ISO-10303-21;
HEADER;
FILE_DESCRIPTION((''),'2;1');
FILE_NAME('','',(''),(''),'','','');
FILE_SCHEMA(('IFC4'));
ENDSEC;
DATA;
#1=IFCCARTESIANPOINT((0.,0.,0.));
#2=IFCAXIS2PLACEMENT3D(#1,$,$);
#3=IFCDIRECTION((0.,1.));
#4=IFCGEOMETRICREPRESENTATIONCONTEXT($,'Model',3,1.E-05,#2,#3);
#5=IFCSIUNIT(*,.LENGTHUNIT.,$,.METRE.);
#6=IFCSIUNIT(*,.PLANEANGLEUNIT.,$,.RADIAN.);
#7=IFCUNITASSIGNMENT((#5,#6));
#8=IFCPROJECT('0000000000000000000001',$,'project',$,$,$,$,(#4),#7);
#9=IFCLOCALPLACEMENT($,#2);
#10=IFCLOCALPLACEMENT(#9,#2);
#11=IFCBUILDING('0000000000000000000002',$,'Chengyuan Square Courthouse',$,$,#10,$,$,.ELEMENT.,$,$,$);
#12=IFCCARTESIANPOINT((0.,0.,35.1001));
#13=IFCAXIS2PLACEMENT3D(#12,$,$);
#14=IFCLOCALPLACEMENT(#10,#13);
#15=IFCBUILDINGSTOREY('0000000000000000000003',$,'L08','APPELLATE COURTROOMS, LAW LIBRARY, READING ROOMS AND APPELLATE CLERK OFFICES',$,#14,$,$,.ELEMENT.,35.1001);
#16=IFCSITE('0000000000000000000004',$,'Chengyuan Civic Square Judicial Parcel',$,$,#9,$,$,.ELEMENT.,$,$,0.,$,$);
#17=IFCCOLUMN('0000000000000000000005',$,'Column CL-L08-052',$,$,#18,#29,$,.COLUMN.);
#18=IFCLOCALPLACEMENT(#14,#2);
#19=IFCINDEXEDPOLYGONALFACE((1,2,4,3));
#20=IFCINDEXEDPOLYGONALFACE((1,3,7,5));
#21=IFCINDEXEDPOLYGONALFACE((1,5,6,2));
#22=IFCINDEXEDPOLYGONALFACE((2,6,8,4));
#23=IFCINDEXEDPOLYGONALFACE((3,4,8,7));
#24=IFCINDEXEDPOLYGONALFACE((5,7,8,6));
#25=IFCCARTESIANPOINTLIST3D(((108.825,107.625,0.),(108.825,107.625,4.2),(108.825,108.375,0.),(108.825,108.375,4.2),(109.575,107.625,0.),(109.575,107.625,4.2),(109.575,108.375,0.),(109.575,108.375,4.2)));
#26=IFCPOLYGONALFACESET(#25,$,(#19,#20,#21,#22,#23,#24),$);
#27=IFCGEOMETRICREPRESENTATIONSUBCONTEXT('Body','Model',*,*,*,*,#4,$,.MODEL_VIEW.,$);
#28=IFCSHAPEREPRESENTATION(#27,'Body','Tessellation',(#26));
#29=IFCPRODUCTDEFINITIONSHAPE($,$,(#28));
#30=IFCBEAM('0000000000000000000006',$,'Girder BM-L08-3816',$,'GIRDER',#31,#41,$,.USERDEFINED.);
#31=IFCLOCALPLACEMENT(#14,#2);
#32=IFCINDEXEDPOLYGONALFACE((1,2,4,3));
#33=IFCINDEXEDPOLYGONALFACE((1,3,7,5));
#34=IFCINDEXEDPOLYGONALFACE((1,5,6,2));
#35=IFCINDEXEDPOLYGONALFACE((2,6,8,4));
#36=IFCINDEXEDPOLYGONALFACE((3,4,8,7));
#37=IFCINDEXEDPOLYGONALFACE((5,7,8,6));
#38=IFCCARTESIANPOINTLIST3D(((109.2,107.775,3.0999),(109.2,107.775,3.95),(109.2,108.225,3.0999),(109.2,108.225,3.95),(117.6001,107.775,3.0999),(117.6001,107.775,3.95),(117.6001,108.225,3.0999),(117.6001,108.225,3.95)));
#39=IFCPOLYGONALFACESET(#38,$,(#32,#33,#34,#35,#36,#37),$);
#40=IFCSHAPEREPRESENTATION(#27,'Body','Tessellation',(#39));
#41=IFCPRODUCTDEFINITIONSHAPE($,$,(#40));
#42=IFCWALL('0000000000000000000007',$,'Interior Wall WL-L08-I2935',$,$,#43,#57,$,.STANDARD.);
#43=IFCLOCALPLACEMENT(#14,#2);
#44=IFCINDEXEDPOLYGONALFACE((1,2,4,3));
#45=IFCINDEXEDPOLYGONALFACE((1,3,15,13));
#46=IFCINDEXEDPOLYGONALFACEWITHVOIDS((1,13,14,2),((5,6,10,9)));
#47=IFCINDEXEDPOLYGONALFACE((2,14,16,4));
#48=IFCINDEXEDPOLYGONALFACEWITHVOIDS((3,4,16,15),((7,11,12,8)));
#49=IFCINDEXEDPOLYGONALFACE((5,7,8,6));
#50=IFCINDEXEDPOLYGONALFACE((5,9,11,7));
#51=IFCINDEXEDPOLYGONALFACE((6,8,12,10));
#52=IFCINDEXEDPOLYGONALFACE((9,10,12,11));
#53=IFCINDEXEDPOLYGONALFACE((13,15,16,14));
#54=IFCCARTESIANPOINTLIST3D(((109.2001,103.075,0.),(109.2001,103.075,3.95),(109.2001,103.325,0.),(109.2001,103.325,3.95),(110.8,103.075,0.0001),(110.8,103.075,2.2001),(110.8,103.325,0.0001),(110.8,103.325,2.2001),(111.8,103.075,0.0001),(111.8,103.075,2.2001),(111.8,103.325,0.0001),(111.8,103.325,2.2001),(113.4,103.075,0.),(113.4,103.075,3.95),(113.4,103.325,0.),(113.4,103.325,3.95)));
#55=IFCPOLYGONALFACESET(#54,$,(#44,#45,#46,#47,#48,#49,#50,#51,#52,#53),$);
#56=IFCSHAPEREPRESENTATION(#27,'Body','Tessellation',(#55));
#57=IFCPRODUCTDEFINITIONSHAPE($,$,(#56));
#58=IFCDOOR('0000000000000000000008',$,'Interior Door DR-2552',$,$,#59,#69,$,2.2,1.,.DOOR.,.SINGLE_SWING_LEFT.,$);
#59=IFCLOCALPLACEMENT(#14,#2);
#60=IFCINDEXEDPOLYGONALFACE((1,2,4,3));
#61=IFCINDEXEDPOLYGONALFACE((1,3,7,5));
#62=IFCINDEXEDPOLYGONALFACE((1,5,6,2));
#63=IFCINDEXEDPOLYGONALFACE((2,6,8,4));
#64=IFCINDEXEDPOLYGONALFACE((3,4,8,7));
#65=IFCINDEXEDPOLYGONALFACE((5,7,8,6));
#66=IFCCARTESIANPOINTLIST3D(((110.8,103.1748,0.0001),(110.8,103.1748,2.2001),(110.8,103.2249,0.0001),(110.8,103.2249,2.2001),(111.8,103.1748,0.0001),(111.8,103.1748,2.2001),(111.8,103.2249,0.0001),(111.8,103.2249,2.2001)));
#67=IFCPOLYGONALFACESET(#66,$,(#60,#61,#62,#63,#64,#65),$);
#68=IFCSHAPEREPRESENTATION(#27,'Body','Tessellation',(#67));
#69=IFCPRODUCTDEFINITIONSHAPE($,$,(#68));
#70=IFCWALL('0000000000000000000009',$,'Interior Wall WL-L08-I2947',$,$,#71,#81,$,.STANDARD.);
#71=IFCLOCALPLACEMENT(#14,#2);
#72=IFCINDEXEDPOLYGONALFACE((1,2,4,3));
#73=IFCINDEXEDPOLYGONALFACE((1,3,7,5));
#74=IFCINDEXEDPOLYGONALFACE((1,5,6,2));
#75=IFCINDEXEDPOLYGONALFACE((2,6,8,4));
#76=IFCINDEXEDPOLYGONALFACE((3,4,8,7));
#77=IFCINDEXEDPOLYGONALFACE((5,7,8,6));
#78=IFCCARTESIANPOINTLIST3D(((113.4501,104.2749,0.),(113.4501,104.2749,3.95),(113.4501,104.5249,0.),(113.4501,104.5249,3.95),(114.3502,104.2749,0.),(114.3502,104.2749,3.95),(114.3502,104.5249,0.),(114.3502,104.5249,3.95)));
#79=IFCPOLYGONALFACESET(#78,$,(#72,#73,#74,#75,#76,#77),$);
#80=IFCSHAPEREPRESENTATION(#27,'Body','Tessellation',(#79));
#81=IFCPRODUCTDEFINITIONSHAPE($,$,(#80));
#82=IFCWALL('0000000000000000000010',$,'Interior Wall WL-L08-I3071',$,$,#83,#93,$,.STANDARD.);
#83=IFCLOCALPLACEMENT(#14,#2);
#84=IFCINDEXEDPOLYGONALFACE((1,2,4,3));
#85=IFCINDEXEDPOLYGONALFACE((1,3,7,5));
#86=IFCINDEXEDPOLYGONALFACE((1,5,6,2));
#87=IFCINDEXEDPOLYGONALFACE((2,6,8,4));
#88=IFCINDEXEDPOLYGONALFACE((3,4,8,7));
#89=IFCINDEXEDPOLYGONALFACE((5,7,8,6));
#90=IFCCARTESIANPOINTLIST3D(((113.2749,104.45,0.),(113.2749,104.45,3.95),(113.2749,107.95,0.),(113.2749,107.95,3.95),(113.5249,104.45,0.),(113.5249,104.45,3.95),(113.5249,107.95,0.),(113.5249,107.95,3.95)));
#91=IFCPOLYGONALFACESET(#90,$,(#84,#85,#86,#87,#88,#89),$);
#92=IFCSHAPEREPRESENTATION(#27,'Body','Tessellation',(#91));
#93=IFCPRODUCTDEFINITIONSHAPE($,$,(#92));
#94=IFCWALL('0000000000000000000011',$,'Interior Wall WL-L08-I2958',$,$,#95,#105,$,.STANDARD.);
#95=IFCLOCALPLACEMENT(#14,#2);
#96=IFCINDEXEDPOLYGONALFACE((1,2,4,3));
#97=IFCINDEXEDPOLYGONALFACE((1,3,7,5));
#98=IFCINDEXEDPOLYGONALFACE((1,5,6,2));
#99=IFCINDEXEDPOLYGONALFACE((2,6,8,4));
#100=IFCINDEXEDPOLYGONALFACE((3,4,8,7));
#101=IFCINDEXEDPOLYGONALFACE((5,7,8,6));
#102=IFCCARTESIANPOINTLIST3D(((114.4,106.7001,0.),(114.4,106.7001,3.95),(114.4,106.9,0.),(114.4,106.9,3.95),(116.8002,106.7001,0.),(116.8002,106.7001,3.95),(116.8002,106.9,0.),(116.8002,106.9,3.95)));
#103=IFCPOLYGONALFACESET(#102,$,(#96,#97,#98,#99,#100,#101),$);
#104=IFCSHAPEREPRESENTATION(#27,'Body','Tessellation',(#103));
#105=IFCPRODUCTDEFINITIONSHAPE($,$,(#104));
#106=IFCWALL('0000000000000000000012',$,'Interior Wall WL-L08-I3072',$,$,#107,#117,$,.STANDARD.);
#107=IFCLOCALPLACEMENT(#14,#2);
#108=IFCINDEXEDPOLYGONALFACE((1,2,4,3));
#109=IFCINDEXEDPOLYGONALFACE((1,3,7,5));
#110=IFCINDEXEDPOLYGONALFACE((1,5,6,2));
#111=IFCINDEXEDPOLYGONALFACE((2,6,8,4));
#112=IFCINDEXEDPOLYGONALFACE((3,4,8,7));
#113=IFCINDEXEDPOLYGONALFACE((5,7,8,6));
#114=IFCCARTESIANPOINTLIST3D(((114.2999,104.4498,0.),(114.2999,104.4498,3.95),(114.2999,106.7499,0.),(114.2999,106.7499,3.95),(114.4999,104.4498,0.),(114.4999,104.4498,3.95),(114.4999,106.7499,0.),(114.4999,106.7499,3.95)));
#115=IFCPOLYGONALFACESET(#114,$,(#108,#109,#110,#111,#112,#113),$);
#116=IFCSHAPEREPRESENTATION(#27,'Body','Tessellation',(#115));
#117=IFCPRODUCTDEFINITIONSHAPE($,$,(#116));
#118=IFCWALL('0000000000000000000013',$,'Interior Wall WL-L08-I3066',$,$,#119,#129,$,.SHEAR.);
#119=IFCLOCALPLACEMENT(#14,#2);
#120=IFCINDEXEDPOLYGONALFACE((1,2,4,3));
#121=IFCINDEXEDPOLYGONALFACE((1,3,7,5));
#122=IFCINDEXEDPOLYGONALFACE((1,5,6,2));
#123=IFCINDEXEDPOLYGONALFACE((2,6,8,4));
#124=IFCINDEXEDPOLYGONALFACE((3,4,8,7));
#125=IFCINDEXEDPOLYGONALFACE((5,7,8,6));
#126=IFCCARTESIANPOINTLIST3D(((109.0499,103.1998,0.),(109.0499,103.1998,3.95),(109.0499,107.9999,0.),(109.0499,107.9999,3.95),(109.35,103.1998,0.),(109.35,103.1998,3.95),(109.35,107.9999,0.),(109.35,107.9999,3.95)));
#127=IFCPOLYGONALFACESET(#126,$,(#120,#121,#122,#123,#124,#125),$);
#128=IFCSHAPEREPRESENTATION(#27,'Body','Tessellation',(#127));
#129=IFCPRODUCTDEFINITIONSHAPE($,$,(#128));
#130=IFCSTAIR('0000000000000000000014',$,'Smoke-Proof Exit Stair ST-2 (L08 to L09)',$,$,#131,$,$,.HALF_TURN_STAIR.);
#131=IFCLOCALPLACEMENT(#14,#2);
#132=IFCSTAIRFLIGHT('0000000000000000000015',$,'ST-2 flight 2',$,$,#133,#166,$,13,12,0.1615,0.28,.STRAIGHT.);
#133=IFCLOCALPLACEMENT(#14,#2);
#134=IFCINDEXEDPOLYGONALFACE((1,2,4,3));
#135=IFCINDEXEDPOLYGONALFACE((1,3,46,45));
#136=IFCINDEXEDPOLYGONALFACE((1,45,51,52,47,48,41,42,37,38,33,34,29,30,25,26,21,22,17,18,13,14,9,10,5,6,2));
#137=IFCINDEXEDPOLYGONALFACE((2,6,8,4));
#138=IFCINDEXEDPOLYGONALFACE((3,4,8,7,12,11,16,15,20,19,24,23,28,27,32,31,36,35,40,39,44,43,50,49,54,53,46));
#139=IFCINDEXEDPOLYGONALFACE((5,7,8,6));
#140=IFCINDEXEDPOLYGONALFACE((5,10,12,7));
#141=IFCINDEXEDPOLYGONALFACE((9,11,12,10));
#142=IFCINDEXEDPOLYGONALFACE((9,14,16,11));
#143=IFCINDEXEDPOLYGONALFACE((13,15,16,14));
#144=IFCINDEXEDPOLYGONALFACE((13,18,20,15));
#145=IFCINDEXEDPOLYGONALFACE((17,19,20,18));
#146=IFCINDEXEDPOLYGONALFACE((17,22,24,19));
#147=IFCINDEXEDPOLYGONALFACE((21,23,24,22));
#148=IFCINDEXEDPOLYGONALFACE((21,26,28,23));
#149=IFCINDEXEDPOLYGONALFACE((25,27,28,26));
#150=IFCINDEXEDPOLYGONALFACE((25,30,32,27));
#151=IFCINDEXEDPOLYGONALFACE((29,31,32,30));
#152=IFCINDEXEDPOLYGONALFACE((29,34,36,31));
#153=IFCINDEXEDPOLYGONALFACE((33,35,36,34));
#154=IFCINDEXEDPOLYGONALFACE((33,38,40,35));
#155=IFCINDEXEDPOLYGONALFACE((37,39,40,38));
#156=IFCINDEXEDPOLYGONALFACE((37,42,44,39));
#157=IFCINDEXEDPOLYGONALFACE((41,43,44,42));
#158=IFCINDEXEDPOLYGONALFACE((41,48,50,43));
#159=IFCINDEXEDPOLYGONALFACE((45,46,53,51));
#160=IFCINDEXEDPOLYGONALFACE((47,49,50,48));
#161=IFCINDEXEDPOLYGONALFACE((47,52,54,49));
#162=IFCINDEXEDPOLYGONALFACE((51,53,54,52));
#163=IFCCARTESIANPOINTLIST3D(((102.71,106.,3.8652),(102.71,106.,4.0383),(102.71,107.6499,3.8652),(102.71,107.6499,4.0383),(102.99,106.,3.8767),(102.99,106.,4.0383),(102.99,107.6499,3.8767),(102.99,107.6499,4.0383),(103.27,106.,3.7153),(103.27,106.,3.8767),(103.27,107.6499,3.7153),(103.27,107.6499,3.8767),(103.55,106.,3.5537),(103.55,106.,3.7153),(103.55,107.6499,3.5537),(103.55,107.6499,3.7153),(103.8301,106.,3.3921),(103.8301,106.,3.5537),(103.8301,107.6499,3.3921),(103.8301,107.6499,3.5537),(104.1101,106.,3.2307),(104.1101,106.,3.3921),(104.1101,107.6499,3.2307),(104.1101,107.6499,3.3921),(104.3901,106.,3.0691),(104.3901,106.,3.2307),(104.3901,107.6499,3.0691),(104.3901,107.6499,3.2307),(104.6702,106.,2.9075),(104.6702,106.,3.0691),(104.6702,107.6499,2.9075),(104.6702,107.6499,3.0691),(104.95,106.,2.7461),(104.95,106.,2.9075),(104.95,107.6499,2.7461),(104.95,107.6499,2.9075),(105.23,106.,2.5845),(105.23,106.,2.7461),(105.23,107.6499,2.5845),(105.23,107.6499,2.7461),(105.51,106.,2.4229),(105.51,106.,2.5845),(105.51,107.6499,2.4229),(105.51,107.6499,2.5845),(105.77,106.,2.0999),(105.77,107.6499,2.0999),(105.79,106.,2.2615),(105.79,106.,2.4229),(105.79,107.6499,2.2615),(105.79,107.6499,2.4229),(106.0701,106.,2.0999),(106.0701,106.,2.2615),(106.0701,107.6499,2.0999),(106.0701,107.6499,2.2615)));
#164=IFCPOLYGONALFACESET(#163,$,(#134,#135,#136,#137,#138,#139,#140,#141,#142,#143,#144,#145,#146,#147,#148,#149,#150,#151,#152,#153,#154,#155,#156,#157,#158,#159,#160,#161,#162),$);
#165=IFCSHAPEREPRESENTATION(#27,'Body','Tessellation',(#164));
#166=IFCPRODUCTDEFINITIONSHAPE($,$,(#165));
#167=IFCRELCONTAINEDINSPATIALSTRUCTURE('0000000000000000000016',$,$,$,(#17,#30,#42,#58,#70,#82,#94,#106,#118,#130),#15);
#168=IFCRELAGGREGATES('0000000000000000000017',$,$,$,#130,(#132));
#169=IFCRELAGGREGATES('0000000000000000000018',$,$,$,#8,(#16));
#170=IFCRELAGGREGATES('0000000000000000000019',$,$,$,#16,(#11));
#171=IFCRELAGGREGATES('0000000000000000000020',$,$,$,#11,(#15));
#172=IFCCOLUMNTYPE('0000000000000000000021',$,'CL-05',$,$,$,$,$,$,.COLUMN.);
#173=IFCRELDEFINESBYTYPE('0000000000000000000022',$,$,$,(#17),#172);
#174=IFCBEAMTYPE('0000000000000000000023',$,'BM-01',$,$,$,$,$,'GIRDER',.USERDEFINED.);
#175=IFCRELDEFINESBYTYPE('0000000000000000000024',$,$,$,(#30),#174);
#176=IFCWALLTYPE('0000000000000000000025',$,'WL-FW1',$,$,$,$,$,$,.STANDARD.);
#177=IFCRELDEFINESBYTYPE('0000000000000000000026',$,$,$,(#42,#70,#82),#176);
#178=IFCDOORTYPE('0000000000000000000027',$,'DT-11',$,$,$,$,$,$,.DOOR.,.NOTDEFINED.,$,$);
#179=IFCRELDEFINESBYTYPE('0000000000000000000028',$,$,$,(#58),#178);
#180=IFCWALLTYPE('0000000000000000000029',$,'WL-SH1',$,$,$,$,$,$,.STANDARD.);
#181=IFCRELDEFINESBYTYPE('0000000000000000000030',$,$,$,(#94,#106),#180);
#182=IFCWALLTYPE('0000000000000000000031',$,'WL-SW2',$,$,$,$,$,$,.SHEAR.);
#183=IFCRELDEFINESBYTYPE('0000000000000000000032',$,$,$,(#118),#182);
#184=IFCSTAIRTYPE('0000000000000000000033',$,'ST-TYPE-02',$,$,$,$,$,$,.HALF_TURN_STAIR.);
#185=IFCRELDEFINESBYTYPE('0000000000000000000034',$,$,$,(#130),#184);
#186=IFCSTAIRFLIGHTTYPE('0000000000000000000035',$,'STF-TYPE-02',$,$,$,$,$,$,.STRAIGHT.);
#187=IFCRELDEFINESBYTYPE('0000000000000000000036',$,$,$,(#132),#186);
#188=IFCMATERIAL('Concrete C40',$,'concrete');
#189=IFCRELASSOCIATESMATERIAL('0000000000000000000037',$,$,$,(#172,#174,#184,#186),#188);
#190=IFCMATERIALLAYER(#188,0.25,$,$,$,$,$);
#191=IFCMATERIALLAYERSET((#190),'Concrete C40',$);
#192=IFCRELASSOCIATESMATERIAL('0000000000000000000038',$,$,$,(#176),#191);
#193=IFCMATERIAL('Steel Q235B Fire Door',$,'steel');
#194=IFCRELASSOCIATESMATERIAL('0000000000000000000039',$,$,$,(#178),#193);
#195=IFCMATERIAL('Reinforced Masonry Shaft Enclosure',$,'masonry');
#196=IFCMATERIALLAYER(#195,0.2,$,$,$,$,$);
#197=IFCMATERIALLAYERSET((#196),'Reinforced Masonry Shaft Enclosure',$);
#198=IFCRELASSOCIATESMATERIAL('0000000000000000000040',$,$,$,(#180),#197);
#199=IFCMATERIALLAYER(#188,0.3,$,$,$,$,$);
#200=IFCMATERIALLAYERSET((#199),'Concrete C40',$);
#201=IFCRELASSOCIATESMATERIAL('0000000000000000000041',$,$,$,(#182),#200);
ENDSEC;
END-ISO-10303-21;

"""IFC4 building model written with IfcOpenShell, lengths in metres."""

from ifc_helpers import new_model, si_unit, direction, frame, frame_2d, origin, origin_2d, place, context, subcontext, project, spatial, polyline, rectangle, outline, extrude, material, layer, layer_set, material_profile, profile_set, type_object, element, fill, aggregate, save


model = new_model("IFC4")

# Units and contexts
model_context = context("Model", 3, precision=1e-05, world=origin(), true_north=direction((0.0, 1.0)))
body_context = subcontext(model_context, "Body", "Model", "MODEL_VIEW")
ifc_project = project(units=[si_unit("LENGTHUNIT", "METRE"), si_unit("PLANEANGLEUNIT", "RADIAN")], contexts=[model_context])

# Site, building, storey
site_placement = place(None, origin())
site = spatial("IfcSite", under=ifc_project, at=site_placement, Name="Chengyuan Civic Square Judicial Parcel", CompositionType="ELEMENT", RefElevation=0.0)
building_placement = place(site_placement, origin())
building = spatial("IfcBuilding", under=site, at=building_placement, Name="Chengyuan Square Courthouse", CompositionType="ELEMENT")
storey_placement = place(building_placement, frame((0.0, 0.0, 35.1001)))
storey = spatial("IfcBuildingStorey", under=building, at=storey_placement, Name="L08", Description="APPELLATE COURTROOMS, LAW LIBRARY, READING ROOMS AND APPELLATE CLERK OFFICES", CompositionType="ELEMENT", Elevation=35.1001)

# Column
ifc_material_1 = material(Name="Concrete C40", Category="concrete")
ifc_material_profile_1 = material_profile(ifc_material_1, rectangle(XDim=0.75, YDim=0.75, at=origin_2d()), Name="RC-COL-750x750")
ifc_profile_set_1 = profile_set([ifc_material_profile_1], Name="Concrete C40")
column_type = type_object("IfcColumnType", Name="CL-05", PredefinedType="COLUMN", material=ifc_profile_set_1)
column_placement = place(storey_placement, frame((109.2, 108.0, 0.0), z_axis=(0.0, 0.0, 1.0), x_axis=(1.0, 0.0, 0.0)))
element("IfcColumn", 1, at=column_placement, inside=storey, type_object=column_type, Name="Column CL-L08-052", PredefinedType="COLUMN", context=body_context, shape_type="SweptSolid", body=[
    extrude(rectangle(XDim=0.75, YDim=0.75, at=origin_2d()), origin(), (0.0, 0.0, 1.0), 4.2),
])

# Beam
ifc_material_profile_2 = material_profile(ifc_material_1, rectangle(XDim=0.45, YDim=0.8501, at=origin_2d()), Name="RC-BM-450x850")
ifc_profile_set_2 = profile_set([ifc_material_profile_2], Name="Concrete C40")
beam_type = type_object("IfcBeamType", Name="BM-01", ElementType="GIRDER", PredefinedType="USERDEFINED", material=ifc_profile_set_2)
beam_placement = place(storey_placement, frame((109.2, 108.0, 3.5249), z_axis=(1.0, 0.0, 0.0), x_axis=(0.0, 1.0, 0.0)))
element("IfcBeam", 2, at=beam_placement, inside=storey, type_object=beam_type, Name="Girder BM-L08-3816", ObjectType="GIRDER", PredefinedType="USERDEFINED", context=body_context, shape_type="SweptSolid", body=[
    extrude(rectangle(XDim=0.45, YDim=0.8501, at=origin_2d()), origin(), (0.0, 0.0, 1.0), 8.4001),
])

# Wall, opening, door
ifc_layer_1 = layer(ifc_material_1, 0.25)
ifc_layer_set_1 = layer_set([ifc_layer_1], Name="Concrete C40")
wall_type_1 = type_object("IfcWallType", Name="WL-FW1", PredefinedType="STANDARD", material=ifc_layer_set_1)
wall_1_placement = place(storey_placement, frame((109.2, 103.2, 0.0), z_axis=(0.0, 0.0, 1.0), x_axis=(1.0, 0.0, 0.0)))
wall_1 = element("IfcWall", 3, at=wall_1_placement, inside=storey, type_object=wall_type_1, Name="Interior Wall WL-L08-I2935", PredefinedType="STANDARD", context=body_context, shape_type="SweptSolid", body=[
    extrude(rectangle(XDim=4.2, YDim=0.25, at=frame_2d((2.1001, 0.0))), origin(), (0.0, 0.0, 1.0), 3.95),
])
opening_1_placement = place(wall_1_placement, frame((1.6001, 0.0, 0.0)))
opening_1 = element("IfcOpeningElement", 4, at=opening_1_placement, cuts=wall_1, PredefinedType="OPENING", context=body_context, shape_type="SweptSolid", body=[
    extrude(rectangle(XDim=1.0, YDim=2.2, at=frame_2d((0.5, 1.1001))), frame((0.0, 0.137, 0.0), z_axis=(0.0, -1.0, 0.0), x_axis=(1.0, 0.0, 0.0)), (0.0, 0.0, 1.0), 0.2739),
])
ifc_material_2 = material(Name="Steel Q235B Fire Door", Category="steel")
door_type_1 = type_object("IfcDoorType", Name="DT-11", OperationType="NOTDEFINED", PredefinedType="DOOR", material=ifc_material_2)
door_1_placement = place(opening_1_placement, origin())
door_1 = element("IfcDoor", 5, at=door_1_placement, inside=storey, type_object=door_type_1, Name="Interior Door DR-2552", OperationType="SINGLE_SWING_LEFT", OverallHeight=2.2, OverallWidth=1.0, PredefinedType="DOOR", context=body_context, shape_type="SweptSolid", body=[
    extrude(rectangle(XDim=1.0, YDim=2.2, at=frame_2d((0.5, 1.1001))), frame((0.0, 0.0249, 0.0), z_axis=(0.0, -1.0, 0.0), x_axis=(1.0, 0.0, 0.0)), (0.0, 0.0, 1.0), 0.05),
])
fill(opening_1, door_1)

# Walls
wall_2_placement = place(storey_placement, frame((113.45, 104.3999, 0.0), z_axis=(0.0, 0.0, 1.0), x_axis=(1.0, 0.0, 0.0)))
element("IfcWall", 6, at=wall_2_placement, inside=storey, type_object=wall_type_1, Name="Interior Wall WL-L08-I2947", PredefinedType="STANDARD", context=body_context, shape_type="SweptSolid", body=[
    extrude(rectangle(XDim=0.9001, YDim=0.25, at=frame_2d((0.4502, 0.0))), origin(), (0.0, 0.0, 1.0), 3.95),
])
wall_3_placement = place(storey_placement, frame((113.3999, 104.45, 0.0), z_axis=(0.0, 0.0, 1.0), x_axis=(0.0, 1.0, 0.0)))
element("IfcWall", 7, at=wall_3_placement, inside=storey, type_object=wall_type_1, Name="Interior Wall WL-L08-I3071", PredefinedType="STANDARD", context=body_context, shape_type="SweptSolid", body=[
    extrude(rectangle(XDim=3.5, YDim=0.25, at=frame_2d((1.75, 0.0))), origin(), (0.0, 0.0, 1.0), 3.95),
])

# Shared definitions
ifc_material_3 = material(Name="Reinforced Masonry Shaft Enclosure", Category="masonry")
ifc_layer_2 = layer(ifc_material_3, 0.2)
ifc_layer_set_2 = layer_set([ifc_layer_2], Name="Reinforced Masonry Shaft Enclosure")
wall_type_2 = type_object("IfcWallType", Name="WL-SH1", PredefinedType="STANDARD", material=ifc_layer_set_2)

# Walls
wall_4_placement = place(storey_placement, frame((114.3999, 106.8, 0.0), z_axis=(0.0, 0.0, 1.0), x_axis=(1.0, 0.0, 0.0)))
element("IfcWall", 8, at=wall_4_placement, inside=storey, type_object=wall_type_2, Name="Interior Wall WL-L08-I2958", PredefinedType="STANDARD", context=body_context, shape_type="SweptSolid", body=[
    extrude(rectangle(XDim=2.4001, YDim=0.2, at=frame_2d((1.2002, 0.0))), origin(), (0.0, 0.0, 1.0), 3.95),
])
wall_5_placement = place(storey_placement, frame((114.3999, 104.45, 0.0), z_axis=(0.0, 0.0, 1.0), x_axis=(0.0, 1.0, 0.0)))
element("IfcWall", 9, at=wall_5_placement, inside=storey, type_object=wall_type_2, Name="Interior Wall WL-L08-I3072", PredefinedType="STANDARD", context=body_context, shape_type="SweptSolid", body=[
    extrude(rectangle(XDim=2.3, YDim=0.2, at=frame_2d((1.1499, 0.0))), origin(), (0.0, 0.0, 1.0), 3.95),
])
ifc_layer_3 = layer(ifc_material_1, 0.3)
ifc_layer_set_3 = layer_set([ifc_layer_3], Name="Concrete C40")
wall_type_3 = type_object("IfcWallType", Name="WL-SW2", PredefinedType="SHEAR", material=ifc_layer_set_3)
wall_6_placement = place(storey_placement, frame((109.2, 103.2, 0.0), z_axis=(0.0, 0.0, 1.0), x_axis=(0.0, 1.0, 0.0)))
element("IfcWall", 10, at=wall_6_placement, inside=storey, type_object=wall_type_3, Name="Interior Wall WL-L08-I3066", PredefinedType="SHEAR", context=body_context, shape_type="SweptSolid", body=[
    extrude(rectangle(XDim=4.8, YDim=0.3, at=frame_2d((2.3999, 0.0))), origin(), (0.0, 0.0, 1.0), 3.95),
])

# Stair, stair flight
stair_type = type_object("IfcStairType", Name="ST-TYPE-02", PredefinedType="HALF_TURN_STAIR", material=ifc_material_1)
stair_placement = place(storey_placement, origin())
stair = element("IfcStair", 11, at=stair_placement, inside=storey, type_object=stair_type, Name="Smoke-Proof Exit Stair ST-2 (L08 to L09)", PredefinedType="HALF_TURN_STAIR")
stair_flight_type = type_object("IfcStairFlightType", Name="STF-TYPE-02", PredefinedType="STRAIGHT", material=ifc_material_1)
stair_flight_placement = place(storey_placement, frame((106.0701, 106.825, 2.0999), z_axis=(0.0, 0.0, 1.0), x_axis=(-1.0, 0.0, 0.0)))
stair_flight = element("IfcStairFlight", 12, at=stair_flight_placement, type_object=stair_flight_type, Name="ST-2 flight 2", NumberOfRisers=13, NumberOfTreads=12, PredefinedType="STRAIGHT", RiserHeight=0.1615, TreadLength=0.28, context=body_context, shape_type="SweptSolid", body=[
    extrude(outline(polyline([(0.0, 0.0), (0.0, 0.1616), (0.28, 0.1616), (0.28, 0.323), (0.5601, 0.323), (0.5601, 0.4846), (0.8401, 0.4846), (0.8401, 0.6462), (1.1201, 0.6462), (1.1201, 0.8076), (1.3999, 0.8076), (1.3999, 0.9692), (1.6799, 0.9692), (1.6799, 1.1309), (1.96, 1.1309), (1.96, 1.2922), (2.24, 1.2922), (2.24, 1.4539), (2.52, 1.4539), (2.52, 1.6155), (2.8, 1.6155), (2.8, 1.7769), (3.0801, 1.7769), (3.0801, 1.9385), (3.3601, 1.9385), (3.3601, 2.1001), (3.3601, 1.7654), (0.3, 0.0), (0.0, 0.0)])), frame((0.0, 0.825, 0.0), z_axis=(0.0, -1.0, 0.0), x_axis=(1.0, 0.0, 0.0)), (0.0, 0.0, 1.0), 1.6499),
])
aggregate(stair, [stair_flight])

save(model, "model.ifc")
